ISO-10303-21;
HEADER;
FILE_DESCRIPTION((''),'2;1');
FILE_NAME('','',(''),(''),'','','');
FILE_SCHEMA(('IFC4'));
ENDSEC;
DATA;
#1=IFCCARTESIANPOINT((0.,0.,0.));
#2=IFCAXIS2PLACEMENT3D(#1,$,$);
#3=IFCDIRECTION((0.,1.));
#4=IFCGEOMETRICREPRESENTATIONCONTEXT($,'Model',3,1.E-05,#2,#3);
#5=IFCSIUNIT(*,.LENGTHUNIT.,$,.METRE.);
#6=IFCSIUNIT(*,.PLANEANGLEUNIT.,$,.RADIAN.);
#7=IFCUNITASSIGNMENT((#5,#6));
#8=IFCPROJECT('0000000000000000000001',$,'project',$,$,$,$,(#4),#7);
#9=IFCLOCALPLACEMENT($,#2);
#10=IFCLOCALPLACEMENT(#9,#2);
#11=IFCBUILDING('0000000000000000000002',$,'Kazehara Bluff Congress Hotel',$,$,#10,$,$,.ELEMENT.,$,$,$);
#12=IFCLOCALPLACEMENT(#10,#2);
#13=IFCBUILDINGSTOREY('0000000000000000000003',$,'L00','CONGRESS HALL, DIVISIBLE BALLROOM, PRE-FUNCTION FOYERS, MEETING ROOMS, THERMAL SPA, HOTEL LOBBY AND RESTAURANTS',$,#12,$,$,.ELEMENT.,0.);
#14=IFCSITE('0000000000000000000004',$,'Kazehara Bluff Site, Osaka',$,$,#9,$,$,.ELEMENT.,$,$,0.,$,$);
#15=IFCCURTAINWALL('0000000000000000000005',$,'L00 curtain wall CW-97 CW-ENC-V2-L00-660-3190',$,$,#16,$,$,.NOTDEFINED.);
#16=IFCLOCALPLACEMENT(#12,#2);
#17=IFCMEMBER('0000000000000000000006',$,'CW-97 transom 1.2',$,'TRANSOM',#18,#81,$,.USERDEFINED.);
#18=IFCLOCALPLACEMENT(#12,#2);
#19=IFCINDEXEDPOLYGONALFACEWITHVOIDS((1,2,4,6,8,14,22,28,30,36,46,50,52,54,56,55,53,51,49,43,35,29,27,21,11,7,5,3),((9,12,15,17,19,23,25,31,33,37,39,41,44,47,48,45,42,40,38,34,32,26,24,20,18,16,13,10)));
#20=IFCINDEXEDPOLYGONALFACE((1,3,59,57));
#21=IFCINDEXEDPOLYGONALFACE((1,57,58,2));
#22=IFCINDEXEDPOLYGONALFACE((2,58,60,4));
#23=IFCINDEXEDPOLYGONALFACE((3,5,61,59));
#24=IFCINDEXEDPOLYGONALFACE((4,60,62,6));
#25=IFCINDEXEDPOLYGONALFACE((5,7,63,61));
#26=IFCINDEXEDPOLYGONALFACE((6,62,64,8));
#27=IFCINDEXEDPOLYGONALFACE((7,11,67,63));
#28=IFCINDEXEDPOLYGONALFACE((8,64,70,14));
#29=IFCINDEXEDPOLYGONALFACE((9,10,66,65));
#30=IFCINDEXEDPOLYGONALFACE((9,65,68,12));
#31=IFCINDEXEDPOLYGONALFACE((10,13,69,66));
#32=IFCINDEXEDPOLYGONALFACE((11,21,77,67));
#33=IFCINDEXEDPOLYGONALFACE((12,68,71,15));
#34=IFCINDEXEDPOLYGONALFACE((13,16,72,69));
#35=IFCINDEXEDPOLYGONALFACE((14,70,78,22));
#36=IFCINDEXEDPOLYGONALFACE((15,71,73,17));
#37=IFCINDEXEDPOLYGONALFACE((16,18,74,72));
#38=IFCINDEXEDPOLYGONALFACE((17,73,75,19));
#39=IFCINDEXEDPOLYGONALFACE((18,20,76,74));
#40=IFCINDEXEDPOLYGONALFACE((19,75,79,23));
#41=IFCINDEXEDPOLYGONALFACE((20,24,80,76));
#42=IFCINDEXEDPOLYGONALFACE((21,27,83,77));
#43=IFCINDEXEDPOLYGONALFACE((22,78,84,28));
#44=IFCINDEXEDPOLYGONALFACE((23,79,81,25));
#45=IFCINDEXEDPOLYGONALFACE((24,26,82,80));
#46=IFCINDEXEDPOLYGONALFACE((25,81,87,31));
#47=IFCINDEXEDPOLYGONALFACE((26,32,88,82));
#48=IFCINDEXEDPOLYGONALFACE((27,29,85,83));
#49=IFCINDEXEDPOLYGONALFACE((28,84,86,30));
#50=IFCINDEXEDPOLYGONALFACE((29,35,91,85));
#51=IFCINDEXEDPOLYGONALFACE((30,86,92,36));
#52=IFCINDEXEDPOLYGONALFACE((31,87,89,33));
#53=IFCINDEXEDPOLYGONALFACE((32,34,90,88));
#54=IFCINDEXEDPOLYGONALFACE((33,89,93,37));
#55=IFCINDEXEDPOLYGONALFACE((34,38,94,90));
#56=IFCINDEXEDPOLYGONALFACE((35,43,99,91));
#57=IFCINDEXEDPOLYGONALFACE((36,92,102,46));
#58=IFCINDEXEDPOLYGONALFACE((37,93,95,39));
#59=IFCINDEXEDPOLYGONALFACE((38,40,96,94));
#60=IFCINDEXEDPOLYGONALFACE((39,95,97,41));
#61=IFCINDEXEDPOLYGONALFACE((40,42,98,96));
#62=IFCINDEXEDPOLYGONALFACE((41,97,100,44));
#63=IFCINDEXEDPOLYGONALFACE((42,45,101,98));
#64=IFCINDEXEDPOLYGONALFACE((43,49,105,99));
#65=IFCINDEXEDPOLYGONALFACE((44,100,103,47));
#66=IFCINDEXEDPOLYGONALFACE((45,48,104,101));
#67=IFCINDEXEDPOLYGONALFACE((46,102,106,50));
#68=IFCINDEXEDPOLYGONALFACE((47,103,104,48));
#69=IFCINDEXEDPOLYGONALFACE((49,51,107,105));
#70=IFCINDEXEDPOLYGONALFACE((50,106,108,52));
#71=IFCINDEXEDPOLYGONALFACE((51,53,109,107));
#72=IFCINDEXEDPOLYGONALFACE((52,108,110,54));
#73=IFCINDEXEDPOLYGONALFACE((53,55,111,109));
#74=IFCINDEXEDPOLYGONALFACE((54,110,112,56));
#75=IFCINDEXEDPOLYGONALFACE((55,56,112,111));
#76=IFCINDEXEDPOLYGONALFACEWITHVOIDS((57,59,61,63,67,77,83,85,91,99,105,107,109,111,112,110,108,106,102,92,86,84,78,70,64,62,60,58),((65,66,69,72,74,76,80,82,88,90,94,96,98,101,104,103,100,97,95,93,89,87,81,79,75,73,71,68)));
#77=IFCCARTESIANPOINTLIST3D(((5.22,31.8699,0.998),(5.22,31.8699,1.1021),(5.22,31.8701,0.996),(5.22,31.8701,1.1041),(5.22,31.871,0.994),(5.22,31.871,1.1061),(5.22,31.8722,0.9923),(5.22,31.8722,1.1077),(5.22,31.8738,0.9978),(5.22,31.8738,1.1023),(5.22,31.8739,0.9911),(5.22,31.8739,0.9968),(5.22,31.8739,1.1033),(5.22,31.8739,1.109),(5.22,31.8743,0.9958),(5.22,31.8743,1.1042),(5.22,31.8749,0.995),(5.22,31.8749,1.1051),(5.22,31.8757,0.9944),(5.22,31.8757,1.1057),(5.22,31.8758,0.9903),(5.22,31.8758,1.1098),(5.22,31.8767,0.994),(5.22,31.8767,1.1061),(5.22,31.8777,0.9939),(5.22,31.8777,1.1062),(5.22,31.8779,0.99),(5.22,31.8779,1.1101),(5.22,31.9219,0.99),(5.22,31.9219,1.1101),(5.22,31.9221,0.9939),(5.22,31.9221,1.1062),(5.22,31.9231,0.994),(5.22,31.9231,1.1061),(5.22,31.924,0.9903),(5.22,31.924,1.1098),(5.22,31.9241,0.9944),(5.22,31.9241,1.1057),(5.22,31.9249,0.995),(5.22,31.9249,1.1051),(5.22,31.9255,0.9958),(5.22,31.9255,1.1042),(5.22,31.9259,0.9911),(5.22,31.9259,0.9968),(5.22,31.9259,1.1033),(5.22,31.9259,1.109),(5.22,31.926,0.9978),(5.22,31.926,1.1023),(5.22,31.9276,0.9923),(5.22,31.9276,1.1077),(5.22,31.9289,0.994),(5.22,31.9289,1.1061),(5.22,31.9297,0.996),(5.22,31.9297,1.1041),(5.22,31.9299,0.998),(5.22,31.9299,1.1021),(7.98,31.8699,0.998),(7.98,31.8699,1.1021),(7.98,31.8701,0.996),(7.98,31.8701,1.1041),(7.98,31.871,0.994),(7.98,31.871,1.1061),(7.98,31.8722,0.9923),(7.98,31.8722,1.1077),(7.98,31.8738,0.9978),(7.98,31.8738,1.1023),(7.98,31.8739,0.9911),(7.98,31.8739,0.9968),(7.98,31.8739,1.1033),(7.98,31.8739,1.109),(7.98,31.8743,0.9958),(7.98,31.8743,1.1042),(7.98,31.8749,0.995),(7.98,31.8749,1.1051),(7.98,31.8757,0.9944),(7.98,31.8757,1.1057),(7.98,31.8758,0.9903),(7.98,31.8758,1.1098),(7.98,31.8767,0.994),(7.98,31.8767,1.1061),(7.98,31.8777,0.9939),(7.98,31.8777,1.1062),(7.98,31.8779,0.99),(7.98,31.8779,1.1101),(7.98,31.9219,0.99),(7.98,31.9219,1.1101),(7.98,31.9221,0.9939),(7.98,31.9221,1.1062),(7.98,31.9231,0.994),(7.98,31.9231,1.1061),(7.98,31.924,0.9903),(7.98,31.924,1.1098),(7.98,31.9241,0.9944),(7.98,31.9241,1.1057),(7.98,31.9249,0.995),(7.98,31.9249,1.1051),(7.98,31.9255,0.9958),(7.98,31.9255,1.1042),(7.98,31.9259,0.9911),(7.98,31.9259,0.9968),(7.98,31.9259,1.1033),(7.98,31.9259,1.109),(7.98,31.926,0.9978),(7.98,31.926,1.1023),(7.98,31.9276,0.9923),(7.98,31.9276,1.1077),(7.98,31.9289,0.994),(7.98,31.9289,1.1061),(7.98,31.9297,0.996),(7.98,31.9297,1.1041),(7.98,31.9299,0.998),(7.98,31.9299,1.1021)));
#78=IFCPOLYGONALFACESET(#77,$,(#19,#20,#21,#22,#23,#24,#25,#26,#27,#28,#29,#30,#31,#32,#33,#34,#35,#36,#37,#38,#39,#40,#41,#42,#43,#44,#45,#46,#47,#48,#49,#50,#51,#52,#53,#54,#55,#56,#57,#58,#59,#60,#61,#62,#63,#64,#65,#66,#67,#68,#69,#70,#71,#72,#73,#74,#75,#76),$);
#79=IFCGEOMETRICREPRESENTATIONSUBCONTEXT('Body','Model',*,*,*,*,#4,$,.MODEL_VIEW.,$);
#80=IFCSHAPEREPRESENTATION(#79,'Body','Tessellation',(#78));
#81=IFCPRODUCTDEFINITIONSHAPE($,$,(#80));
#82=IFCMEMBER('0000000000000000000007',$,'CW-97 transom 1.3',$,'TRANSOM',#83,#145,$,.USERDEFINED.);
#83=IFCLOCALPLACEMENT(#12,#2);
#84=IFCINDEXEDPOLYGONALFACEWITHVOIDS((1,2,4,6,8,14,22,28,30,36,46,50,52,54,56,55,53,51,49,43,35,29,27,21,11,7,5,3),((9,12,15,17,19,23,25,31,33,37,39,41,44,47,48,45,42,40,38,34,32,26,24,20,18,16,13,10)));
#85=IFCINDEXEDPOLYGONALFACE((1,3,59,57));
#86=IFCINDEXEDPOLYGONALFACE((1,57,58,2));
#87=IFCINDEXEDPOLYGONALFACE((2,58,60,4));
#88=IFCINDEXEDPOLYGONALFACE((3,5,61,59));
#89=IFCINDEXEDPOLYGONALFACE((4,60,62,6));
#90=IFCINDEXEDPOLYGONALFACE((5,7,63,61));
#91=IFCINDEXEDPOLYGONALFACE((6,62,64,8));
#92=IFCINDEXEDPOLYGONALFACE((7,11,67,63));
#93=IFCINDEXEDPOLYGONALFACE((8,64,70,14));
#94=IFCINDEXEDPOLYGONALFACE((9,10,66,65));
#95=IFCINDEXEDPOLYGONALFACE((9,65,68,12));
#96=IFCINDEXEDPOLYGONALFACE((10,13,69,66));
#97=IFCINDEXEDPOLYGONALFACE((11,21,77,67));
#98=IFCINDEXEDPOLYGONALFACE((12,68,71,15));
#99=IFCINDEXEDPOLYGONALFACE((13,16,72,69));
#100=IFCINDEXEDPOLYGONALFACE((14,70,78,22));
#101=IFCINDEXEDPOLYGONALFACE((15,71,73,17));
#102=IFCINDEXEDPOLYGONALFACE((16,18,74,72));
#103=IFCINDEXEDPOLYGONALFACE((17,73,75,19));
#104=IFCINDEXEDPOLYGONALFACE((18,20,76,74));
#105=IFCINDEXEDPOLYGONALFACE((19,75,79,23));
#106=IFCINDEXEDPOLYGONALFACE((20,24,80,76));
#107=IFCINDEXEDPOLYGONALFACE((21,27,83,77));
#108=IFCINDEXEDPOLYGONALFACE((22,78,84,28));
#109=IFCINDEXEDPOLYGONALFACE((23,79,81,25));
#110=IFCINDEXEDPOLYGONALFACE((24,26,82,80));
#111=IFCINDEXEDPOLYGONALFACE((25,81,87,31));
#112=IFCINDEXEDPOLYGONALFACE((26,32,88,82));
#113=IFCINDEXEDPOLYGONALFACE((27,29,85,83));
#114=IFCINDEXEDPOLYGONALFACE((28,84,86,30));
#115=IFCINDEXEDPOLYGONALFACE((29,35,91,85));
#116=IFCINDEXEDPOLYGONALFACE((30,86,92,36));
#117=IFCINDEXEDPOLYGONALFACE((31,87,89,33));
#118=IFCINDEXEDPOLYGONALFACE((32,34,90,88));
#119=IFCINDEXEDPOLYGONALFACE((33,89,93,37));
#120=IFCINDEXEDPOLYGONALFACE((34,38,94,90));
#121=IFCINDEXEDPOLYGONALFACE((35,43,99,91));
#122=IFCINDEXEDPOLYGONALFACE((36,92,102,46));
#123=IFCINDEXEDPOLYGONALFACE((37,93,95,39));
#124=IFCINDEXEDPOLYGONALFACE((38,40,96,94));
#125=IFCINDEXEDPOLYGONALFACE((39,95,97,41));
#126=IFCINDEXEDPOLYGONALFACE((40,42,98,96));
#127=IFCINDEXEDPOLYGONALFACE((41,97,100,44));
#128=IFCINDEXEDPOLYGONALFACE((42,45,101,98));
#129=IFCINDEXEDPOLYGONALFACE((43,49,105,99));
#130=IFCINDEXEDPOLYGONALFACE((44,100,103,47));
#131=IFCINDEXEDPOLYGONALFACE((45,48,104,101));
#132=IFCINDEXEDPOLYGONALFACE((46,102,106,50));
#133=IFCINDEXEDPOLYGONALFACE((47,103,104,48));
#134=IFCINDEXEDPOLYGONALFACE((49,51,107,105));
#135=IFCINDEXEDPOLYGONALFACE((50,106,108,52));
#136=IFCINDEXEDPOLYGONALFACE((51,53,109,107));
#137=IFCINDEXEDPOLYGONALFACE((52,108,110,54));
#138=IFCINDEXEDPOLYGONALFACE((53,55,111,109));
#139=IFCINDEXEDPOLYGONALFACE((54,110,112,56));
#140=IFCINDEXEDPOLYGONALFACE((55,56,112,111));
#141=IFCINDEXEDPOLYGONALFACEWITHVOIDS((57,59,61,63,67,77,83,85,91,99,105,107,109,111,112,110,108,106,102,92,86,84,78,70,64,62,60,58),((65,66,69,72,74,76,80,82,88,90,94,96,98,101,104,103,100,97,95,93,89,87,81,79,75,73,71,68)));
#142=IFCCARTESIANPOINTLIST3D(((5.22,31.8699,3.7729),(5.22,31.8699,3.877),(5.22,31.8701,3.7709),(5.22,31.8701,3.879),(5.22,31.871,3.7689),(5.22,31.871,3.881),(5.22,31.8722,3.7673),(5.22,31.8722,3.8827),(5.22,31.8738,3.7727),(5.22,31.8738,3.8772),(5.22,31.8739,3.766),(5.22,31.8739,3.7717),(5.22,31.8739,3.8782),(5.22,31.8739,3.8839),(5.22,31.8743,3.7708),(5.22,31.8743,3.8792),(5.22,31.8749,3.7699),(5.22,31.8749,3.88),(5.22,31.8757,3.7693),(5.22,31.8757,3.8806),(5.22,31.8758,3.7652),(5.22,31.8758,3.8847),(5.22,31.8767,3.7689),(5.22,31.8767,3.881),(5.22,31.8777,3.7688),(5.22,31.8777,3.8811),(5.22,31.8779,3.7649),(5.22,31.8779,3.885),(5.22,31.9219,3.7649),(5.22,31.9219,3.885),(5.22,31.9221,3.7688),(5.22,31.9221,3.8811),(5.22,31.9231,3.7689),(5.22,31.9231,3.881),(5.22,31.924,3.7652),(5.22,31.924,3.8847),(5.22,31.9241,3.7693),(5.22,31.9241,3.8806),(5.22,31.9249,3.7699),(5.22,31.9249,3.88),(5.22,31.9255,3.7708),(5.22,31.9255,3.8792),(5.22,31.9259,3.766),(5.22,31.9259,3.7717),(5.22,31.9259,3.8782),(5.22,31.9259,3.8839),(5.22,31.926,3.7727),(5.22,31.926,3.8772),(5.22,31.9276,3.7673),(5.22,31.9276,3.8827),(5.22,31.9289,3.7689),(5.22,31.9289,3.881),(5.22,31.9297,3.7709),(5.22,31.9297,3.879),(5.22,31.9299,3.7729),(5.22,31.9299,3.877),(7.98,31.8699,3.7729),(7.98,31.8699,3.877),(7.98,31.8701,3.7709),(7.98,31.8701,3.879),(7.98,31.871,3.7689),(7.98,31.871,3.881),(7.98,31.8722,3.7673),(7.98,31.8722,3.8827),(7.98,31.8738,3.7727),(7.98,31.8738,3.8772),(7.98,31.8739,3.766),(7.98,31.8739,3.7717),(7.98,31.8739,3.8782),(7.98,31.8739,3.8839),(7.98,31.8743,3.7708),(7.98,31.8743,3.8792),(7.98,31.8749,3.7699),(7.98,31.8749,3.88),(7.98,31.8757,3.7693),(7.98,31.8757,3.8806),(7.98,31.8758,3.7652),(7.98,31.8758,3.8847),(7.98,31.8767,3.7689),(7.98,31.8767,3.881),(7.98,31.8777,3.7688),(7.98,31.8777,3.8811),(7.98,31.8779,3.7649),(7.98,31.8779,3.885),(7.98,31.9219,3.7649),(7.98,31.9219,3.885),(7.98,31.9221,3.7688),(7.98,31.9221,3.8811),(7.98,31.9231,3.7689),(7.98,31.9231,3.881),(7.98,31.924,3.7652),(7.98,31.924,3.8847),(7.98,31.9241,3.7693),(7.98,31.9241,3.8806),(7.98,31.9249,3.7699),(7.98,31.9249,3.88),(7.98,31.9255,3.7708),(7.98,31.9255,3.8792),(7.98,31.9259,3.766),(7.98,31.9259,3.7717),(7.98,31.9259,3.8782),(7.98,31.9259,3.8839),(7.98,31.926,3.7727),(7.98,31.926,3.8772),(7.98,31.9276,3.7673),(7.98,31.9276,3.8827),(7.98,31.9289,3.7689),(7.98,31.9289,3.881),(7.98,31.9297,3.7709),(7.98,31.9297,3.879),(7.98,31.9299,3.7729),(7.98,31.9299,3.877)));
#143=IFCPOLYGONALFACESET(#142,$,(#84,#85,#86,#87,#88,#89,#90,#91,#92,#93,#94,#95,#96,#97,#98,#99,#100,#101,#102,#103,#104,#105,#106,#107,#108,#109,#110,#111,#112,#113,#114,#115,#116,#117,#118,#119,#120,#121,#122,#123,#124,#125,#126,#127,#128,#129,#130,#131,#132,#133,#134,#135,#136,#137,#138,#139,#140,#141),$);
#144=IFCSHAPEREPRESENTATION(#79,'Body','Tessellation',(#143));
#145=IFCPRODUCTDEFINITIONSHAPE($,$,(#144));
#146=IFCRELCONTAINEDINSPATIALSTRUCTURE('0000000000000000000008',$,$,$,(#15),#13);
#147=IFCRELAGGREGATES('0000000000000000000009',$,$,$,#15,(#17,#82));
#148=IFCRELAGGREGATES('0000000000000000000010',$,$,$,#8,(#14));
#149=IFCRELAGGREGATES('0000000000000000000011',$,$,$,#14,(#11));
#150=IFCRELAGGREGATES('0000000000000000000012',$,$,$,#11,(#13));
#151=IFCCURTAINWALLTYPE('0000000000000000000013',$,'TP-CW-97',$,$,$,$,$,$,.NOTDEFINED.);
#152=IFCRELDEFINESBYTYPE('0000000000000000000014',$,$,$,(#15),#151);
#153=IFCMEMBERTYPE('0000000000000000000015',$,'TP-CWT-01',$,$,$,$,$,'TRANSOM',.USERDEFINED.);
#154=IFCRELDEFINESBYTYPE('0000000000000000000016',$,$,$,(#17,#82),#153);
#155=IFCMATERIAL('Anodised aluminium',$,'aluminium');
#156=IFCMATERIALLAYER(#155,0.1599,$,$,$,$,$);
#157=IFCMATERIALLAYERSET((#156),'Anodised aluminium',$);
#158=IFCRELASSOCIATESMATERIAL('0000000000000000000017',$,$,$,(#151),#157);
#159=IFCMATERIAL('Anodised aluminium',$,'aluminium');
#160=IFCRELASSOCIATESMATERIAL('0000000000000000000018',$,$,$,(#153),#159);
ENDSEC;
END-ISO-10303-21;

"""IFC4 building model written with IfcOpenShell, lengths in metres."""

from ifc_helpers import new_model, si_unit, direction, frame, origin, origin_2d, place, context, subcontext, project, spatial, hollow_rectangle, extrude, material, layer, layer_set, material_profile, profile_set, type_object, element, aggregate, save


model = new_model("IFC4")

# Units and contexts
model_context = context("Model", 3, precision=1e-05, world=origin(), true_north=direction((0.0, 1.0)))
body_context = subcontext(model_context, "Body", "Model", "MODEL_VIEW")
ifc_project = project(units=[si_unit("LENGTHUNIT", "METRE"), si_unit("PLANEANGLEUNIT", "RADIAN")], contexts=[model_context])

# Site, building, storey
site_placement = place(None, origin())
site = spatial("IfcSite", under=ifc_project, at=site_placement, Name="Kazehara Bluff Site, Osaka", CompositionType="ELEMENT", RefElevation=0.0)
building_placement = place(site_placement, origin())
building = spatial("IfcBuilding", under=site, at=building_placement, Name="Kazehara Bluff Congress Hotel", CompositionType="ELEMENT")
storey_placement = place(building_placement, origin())
storey = spatial("IfcBuildingStorey", under=building, at=storey_placement, Name="L00", Description="CONGRESS HALL, DIVISIBLE BALLROOM, PRE-FUNCTION FOYERS, MEETING ROOMS, THERMAL SPA, HOTEL LOBBY AND RESTAURANTS", CompositionType="ELEMENT", Elevation=0.0)

# Curtain wall, members
ifc_material_1 = material(Name="Anodised aluminium", Category="aluminium")
ifc_layer_1 = layer(ifc_material_1, 0.1599)
ifc_layer_set_1 = layer_set([ifc_layer_1], Name="Anodised aluminium")
curtain_wall_type = type_object("IfcCurtainWallType", Name="TP-CW-97", PredefinedType="NOTDEFINED", material=ifc_layer_set_1)
curtain_wall_placement = place(storey_placement, origin())
curtain_wall = element("IfcCurtainWall", 1, at=curtain_wall_placement, inside=storey, type_object=curtain_wall_type, Name="L00 curtain wall CW-97 CW-ENC-V2-L00-660-3190", PredefinedType="NOTDEFINED")
ifc_material_2 = material(Name="Anodised aluminium", Category="aluminium")
ifc_material_profile_1 = material_profile(ifc_material_2, hollow_rectangle(XDim=0.0601, YDim=0.1201, WallThickness=0.0039, InnerFilletRadius=0.0039, OuterFilletRadius=0.0081, at=origin_2d()))
ifc_profile_set_1 = profile_set([ifc_material_profile_1], Name="Anodised aluminium")
member_type_1 = type_object("IfcMemberType", Name="TP-CWT-01", ElementType="TRANSOM", PredefinedType="USERDEFINED", material=ifc_profile_set_1)
member_1_placement = place(storey_placement, frame((5.22, 31.8999, 1.05), z_axis=(1.0, 0.0, 0.0), x_axis=(0.0, 1.0, 0.0)))
member_1 = element("IfcMember", 2, at=member_1_placement, type_object=member_type_1, Name="CW-97 transom 1.2", ObjectType="TRANSOM", PredefinedType="USERDEFINED", context=body_context, shape_type="SweptSolid", body=[
    extrude(hollow_rectangle(XDim=0.0601, YDim=0.1201, WallThickness=0.0039, InnerFilletRadius=0.0039, OuterFilletRadius=0.0081, at=origin_2d()), origin(), (0.0, 0.0, 1.0), 2.76),
])
member_2_placement = place(storey_placement, frame((5.22, 31.8999, 3.825), z_axis=(1.0, 0.0, 0.0), x_axis=(0.0, 1.0, 0.0)))
member_2 = element("IfcMember", 3, at=member_2_placement, type_object=member_type_1, Name="CW-97 transom 1.3", ObjectType="TRANSOM", PredefinedType="USERDEFINED", context=body_context, shape_type="SweptSolid", body=[
    extrude(hollow_rectangle(XDim=0.0601, YDim=0.1201, WallThickness=0.0039, InnerFilletRadius=0.0039, OuterFilletRadius=0.0081, at=origin_2d()), origin(), (0.0, 0.0, 1.0), 2.76),
])

aggregate(curtain_wall, [member_1, member_2])

save(model, "model.ifc")
